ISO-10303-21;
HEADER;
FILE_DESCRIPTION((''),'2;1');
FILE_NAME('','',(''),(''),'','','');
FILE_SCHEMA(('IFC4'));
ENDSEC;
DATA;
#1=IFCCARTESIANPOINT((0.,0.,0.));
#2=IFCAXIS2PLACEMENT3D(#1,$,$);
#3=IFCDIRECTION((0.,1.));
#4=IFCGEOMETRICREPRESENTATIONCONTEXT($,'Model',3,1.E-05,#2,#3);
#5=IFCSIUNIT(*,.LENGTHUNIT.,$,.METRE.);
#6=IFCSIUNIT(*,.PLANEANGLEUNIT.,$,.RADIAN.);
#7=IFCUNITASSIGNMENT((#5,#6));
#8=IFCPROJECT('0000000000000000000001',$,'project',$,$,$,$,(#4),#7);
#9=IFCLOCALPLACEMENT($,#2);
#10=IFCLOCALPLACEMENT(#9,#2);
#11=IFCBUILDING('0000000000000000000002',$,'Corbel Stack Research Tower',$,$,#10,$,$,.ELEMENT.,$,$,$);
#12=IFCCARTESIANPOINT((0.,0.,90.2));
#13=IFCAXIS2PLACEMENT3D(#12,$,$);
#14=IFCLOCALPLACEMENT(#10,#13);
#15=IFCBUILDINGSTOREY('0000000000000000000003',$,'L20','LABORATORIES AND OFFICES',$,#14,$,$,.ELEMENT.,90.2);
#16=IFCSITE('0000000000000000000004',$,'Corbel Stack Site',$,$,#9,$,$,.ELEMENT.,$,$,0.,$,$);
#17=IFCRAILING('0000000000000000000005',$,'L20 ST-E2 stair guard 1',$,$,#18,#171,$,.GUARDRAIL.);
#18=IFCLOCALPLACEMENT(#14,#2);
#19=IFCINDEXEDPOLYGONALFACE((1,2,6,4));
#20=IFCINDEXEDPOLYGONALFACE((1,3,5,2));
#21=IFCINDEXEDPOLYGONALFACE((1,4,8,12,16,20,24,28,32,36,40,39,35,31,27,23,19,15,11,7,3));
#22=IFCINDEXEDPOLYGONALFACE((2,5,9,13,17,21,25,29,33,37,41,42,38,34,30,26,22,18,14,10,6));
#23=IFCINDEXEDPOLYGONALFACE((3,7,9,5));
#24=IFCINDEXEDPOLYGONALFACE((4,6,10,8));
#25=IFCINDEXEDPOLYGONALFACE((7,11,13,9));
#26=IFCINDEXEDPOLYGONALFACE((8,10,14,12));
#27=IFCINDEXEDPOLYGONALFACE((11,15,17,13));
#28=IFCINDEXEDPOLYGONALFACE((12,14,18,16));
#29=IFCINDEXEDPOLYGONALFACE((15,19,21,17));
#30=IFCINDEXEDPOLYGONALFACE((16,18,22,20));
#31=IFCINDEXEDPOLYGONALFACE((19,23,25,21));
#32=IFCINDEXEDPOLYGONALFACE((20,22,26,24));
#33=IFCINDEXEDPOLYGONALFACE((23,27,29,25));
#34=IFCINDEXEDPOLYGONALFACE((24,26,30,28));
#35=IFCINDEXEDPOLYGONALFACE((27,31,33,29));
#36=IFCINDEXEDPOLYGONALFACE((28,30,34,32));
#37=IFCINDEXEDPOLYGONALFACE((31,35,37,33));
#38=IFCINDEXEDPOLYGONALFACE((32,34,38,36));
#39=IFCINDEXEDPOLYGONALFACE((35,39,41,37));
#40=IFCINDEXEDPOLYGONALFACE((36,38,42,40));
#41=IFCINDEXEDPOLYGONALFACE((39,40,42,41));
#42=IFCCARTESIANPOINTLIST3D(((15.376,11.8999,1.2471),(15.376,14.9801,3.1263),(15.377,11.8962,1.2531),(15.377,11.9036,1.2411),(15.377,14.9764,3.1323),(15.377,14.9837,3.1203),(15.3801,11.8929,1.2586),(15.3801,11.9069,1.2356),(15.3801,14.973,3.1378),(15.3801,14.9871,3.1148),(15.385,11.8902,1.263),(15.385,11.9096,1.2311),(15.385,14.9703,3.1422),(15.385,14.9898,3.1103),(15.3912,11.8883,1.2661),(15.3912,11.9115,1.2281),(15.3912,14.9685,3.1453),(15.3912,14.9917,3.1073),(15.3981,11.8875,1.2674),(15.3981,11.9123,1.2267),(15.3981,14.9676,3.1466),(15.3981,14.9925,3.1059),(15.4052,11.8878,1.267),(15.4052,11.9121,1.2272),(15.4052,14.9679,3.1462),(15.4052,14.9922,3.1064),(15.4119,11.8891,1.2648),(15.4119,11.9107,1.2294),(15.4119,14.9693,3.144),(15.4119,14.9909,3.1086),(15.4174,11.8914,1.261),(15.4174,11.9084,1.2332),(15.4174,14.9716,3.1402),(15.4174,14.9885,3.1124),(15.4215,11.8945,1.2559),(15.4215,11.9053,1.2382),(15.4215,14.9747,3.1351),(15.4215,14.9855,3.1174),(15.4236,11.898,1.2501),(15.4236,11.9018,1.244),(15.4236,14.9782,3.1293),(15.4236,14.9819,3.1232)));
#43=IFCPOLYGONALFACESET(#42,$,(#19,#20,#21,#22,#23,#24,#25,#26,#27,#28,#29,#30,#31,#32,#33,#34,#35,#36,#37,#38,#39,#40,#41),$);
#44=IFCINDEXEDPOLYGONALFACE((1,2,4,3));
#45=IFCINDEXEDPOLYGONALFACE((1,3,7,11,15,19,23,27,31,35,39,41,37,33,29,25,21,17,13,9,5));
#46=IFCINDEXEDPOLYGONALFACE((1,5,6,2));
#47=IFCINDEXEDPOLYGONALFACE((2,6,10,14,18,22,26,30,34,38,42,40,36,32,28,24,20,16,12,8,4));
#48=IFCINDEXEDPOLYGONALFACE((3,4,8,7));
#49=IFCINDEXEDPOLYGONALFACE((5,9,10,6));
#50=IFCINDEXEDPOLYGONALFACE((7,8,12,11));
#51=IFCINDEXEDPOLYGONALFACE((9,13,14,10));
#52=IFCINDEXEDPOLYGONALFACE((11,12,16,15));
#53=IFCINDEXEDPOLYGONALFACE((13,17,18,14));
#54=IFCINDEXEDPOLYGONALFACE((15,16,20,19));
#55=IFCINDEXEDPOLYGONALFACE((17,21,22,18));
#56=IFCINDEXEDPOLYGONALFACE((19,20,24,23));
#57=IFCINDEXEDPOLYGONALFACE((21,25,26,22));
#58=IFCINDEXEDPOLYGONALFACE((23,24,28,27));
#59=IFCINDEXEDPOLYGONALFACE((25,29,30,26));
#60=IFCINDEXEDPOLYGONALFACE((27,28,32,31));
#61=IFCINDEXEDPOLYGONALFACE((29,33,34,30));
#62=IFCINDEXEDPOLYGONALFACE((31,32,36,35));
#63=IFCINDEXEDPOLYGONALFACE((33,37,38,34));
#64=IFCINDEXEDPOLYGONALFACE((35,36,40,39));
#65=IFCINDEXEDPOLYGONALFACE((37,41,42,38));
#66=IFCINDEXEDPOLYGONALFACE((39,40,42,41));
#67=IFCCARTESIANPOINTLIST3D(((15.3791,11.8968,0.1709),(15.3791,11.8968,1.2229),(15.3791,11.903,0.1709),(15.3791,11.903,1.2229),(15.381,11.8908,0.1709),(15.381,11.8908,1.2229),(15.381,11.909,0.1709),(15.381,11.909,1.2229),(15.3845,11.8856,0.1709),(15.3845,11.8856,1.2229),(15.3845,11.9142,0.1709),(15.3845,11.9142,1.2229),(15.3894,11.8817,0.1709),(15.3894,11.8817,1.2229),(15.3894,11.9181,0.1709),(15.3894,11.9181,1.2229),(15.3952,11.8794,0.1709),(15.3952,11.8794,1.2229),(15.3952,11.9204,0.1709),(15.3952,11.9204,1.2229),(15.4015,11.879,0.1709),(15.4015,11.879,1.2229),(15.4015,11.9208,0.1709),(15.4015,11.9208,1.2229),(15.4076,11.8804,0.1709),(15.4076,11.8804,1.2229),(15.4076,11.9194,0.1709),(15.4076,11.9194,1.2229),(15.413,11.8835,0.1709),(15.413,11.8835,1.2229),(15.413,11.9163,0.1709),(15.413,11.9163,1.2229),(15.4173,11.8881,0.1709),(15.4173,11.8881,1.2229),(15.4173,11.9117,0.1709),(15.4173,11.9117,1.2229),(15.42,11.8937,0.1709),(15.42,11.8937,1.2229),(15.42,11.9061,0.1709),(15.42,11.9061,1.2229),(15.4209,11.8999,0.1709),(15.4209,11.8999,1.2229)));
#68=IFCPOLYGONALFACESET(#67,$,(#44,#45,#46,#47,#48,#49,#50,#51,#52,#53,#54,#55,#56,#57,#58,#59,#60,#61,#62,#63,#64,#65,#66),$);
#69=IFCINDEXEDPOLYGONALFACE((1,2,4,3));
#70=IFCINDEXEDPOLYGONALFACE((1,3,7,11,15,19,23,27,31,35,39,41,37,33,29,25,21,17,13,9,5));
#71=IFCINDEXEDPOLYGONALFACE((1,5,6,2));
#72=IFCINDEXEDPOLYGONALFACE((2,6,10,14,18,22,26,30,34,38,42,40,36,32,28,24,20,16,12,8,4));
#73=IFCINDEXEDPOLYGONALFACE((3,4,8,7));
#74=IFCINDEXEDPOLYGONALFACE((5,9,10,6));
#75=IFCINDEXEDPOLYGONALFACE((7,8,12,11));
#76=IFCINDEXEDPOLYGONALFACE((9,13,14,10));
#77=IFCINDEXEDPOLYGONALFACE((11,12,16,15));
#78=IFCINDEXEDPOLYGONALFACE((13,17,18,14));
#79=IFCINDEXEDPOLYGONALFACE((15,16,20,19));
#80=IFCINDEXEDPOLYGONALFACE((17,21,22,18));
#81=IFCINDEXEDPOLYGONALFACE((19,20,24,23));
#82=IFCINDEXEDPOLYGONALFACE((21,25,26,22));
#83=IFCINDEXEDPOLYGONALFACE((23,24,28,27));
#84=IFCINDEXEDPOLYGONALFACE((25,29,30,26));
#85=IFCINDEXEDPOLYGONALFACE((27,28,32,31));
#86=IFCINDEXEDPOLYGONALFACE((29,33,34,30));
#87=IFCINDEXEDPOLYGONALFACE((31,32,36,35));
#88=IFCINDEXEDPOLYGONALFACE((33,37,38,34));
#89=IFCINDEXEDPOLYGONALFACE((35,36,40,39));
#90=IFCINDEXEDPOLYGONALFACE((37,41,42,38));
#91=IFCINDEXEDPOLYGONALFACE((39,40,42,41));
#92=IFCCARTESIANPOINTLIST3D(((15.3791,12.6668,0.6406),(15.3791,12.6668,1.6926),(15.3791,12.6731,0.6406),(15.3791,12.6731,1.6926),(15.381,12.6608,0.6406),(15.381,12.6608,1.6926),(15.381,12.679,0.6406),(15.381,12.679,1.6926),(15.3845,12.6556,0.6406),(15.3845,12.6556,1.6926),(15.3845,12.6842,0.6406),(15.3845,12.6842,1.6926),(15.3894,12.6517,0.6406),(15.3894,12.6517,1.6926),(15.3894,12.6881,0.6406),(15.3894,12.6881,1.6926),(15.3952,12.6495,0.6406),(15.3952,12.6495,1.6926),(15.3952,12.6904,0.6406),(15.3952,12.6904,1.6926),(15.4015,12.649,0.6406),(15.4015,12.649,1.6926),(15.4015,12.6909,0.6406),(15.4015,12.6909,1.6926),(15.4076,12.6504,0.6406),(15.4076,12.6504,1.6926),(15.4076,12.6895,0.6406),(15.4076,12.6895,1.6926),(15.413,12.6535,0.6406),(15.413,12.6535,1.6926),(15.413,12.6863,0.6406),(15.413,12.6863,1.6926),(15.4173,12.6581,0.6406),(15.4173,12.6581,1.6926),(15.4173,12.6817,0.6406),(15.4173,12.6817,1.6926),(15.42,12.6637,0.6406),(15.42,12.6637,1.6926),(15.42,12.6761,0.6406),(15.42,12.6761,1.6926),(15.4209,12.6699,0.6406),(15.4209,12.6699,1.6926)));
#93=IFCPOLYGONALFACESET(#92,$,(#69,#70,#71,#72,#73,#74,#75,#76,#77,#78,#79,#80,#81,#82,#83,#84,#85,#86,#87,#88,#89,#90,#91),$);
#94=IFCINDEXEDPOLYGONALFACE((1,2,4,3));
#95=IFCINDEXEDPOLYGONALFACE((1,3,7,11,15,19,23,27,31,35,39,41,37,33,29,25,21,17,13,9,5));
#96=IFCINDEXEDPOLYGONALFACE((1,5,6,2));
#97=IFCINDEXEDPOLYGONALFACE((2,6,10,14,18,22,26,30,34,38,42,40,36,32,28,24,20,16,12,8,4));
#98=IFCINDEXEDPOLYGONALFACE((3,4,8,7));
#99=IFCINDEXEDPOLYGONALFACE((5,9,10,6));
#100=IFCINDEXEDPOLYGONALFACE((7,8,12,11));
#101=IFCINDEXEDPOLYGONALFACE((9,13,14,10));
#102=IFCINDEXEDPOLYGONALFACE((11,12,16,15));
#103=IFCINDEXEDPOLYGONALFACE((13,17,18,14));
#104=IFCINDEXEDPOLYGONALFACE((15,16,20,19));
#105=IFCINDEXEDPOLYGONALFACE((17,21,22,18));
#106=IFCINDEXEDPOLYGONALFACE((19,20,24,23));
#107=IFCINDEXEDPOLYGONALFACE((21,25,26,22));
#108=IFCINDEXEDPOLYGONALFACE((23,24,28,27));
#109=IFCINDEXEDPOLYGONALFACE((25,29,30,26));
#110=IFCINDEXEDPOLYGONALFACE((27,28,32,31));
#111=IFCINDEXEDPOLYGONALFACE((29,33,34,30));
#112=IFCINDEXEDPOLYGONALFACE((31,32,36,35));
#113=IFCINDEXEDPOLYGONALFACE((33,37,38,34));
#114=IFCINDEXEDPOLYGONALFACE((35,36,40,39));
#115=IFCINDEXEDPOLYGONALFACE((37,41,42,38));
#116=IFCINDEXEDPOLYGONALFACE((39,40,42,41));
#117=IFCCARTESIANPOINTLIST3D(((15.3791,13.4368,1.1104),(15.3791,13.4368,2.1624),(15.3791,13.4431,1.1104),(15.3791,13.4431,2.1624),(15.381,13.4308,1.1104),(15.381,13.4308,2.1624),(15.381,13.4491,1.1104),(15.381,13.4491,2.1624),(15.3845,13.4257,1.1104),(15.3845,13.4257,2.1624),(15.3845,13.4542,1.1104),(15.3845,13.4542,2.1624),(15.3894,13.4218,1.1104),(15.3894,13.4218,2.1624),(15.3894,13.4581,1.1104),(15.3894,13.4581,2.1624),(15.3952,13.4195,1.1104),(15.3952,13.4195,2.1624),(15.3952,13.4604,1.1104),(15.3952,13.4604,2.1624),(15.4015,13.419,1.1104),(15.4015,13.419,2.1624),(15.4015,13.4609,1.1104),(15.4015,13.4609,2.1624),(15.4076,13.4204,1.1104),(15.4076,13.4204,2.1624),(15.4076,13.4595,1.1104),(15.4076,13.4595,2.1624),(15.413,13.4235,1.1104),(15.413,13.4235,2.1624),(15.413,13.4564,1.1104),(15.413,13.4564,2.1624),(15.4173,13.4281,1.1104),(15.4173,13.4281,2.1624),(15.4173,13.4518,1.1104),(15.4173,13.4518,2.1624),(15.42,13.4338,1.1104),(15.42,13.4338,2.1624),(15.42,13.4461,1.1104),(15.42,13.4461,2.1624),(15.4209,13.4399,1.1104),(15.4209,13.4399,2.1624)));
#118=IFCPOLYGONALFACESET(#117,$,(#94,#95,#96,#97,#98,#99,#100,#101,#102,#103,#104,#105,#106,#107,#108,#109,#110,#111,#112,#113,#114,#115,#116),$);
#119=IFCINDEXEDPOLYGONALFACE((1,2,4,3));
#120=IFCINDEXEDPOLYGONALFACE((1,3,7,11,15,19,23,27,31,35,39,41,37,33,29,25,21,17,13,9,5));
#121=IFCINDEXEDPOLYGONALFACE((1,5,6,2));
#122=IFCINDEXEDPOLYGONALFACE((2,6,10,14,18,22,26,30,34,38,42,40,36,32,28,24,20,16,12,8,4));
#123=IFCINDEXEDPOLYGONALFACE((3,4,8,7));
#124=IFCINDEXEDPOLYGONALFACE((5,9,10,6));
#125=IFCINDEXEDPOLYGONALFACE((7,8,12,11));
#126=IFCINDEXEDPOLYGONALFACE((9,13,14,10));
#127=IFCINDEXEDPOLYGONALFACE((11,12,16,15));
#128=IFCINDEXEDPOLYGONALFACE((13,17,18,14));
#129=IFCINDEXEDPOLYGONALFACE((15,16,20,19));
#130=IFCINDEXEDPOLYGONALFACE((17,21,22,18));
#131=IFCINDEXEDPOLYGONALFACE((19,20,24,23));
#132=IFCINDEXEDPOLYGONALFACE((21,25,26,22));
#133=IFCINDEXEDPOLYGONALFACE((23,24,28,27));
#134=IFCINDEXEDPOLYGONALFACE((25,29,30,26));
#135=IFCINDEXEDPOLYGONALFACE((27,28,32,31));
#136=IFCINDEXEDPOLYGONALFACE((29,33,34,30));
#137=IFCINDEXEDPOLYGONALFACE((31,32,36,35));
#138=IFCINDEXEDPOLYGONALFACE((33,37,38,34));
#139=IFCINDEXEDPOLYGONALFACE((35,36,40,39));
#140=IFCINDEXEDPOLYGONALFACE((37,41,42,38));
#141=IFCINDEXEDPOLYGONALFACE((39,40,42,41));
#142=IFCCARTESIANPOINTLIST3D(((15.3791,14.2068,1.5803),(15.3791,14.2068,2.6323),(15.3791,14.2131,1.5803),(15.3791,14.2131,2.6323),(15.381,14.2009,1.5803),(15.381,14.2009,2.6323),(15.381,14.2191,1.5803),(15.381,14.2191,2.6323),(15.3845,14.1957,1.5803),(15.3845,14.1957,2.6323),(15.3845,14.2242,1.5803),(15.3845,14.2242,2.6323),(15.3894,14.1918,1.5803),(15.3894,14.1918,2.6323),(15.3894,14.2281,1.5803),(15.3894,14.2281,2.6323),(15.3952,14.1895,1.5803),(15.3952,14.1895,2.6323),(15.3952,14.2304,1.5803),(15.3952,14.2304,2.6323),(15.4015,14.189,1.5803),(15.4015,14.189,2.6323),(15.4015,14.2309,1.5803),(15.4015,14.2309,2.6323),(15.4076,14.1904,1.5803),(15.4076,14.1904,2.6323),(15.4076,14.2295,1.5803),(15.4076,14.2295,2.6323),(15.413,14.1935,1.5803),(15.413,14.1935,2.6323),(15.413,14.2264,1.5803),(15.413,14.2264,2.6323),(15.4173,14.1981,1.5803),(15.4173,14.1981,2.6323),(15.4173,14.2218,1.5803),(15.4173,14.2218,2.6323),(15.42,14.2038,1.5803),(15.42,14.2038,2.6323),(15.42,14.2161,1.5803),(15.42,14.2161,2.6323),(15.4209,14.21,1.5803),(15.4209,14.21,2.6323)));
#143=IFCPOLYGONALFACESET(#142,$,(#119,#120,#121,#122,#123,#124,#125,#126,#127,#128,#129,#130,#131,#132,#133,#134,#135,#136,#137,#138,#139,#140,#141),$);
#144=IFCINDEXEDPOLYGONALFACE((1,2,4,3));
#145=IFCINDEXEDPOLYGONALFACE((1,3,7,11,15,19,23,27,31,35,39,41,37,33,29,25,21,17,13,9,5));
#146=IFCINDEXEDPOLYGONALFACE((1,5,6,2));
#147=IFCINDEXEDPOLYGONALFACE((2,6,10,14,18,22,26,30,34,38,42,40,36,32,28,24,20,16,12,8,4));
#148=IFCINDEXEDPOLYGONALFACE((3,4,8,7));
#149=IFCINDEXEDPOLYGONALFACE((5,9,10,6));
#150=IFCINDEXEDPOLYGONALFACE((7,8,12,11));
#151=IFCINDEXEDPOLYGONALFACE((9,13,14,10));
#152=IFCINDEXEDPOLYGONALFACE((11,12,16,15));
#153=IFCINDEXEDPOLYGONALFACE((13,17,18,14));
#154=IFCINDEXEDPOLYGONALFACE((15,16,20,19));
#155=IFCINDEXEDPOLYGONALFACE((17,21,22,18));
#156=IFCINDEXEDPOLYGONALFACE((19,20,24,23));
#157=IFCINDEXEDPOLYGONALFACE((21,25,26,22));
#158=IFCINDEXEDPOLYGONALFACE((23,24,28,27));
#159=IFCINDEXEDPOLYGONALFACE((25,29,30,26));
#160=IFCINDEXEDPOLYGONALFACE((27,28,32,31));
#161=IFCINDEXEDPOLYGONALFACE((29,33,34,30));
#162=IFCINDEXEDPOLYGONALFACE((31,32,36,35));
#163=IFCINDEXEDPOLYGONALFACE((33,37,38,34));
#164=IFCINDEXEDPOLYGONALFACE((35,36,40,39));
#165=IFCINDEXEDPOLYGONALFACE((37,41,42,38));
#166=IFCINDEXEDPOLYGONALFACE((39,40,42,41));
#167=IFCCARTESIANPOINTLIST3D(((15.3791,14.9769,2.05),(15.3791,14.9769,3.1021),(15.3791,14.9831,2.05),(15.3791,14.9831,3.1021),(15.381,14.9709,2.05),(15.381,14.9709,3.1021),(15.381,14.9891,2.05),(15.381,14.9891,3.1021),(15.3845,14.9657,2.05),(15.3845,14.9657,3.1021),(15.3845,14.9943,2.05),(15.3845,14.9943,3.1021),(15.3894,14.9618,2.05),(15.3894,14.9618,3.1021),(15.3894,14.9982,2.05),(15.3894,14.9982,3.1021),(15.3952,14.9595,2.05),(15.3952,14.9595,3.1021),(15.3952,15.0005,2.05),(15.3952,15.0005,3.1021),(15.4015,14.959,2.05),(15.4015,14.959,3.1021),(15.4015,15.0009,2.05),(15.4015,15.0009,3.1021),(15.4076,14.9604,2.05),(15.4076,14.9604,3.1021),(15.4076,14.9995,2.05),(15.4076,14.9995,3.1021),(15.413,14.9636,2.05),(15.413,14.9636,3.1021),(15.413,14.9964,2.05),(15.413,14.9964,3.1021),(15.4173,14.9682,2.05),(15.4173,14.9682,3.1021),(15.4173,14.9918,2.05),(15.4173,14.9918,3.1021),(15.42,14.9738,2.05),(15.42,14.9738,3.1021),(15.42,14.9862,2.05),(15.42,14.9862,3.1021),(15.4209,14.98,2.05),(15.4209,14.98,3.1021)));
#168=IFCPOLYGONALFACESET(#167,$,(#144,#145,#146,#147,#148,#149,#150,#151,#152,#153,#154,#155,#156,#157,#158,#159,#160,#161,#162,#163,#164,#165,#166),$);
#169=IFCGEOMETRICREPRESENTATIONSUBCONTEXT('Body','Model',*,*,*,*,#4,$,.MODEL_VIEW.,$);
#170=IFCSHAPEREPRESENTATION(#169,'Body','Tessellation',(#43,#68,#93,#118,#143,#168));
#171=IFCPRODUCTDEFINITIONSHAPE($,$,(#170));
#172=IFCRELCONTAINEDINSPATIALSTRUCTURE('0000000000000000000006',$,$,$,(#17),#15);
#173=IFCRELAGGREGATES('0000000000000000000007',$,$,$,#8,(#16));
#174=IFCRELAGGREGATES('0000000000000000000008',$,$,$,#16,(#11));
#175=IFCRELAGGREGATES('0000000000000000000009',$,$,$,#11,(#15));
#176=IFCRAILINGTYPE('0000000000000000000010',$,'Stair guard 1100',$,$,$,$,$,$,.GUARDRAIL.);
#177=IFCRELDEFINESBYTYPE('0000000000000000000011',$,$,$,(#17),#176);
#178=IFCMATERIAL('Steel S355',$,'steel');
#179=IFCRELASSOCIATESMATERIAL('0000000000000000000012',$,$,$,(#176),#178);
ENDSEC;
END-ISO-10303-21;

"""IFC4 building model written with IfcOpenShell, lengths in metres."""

from ifc_helpers import new_model, si_unit, direction, frame, origin, origin_2d, place, context, subcontext, project, spatial, circle, extrude, material, type_object, element, save


model = new_model("IFC4")

# Units and contexts
model_context = context("Model", 3, precision=1e-05, world=origin(), true_north=direction((0.0, 1.0)))
body_context = subcontext(model_context, "Body", "Model", "MODEL_VIEW")
ifc_project = project(units=[si_unit("LENGTHUNIT", "METRE"), si_unit("PLANEANGLEUNIT", "RADIAN")], contexts=[model_context])

# Site, building, storey
site_placement = place(None, origin())
site = spatial("IfcSite", under=ifc_project, at=site_placement, Name="Corbel Stack Site", CompositionType="ELEMENT", RefElevation=0.0)
building_placement = place(site_placement, origin())
building = spatial("IfcBuilding", under=site, at=building_placement, Name="Corbel Stack Research Tower", CompositionType="ELEMENT")
storey_placement = place(building_placement, frame((0.0, 0.0, 90.2)))
storey = spatial("IfcBuildingStorey", under=building, at=storey_placement, Name="L20", Description="LABORATORIES AND OFFICES", CompositionType="ELEMENT", Elevation=90.2)

# Railing
ifc_material_1 = material(Name="Steel S355", Category="steel")
railing_type_1 = type_object("IfcRailingType", Name="Stair guard 1100", PredefinedType="GUARDRAIL", material=ifc_material_1)
railing_1_placement = place(storey_placement, frame((15.3999, 11.8999, 0.1709)))
element("IfcRailing", 1, at=railing_1_placement, inside=storey, type_object=railing_type_1, Name="L20 ST-E2 stair guard 1", PredefinedType="GUARDRAIL", context=body_context, shape_type="SweptSolid", body=[
    extrude(circle(Radius=0.0239, at=origin_2d()), frame((0.0, 0.0, 1.0762), z_axis=(0.0, 0.853666, 0.52082), x_axis=(-1.0, 0.0, 0.0)), (0.0, 0.0, 1.0), 3.6082),
    extrude(circle(Radius=0.021, at=origin_2d()), origin(), (0.0, 0.0, 1.0), 1.052),
    extrude(circle(Radius=0.021, at=origin_2d()), frame((0.0, 0.77, 0.4697)), (0.0, 0.0, 1.0), 1.052),
    extrude(circle(Radius=0.021, at=origin_2d()), frame((0.0, 1.54, 0.9395)), (0.0, 0.0, 1.0), 1.052),
    extrude(circle(Radius=0.021, at=origin_2d()), frame((0.0, 2.3101, 1.4094)), (0.0, 0.0, 1.0), 1.052),
    extrude(circle(Radius=0.021, at=origin_2d()), frame((0.0, 3.0801, 1.8792)), (0.0, 0.0, 1.0), 1.052),
])

save(model, "model.ifc")
